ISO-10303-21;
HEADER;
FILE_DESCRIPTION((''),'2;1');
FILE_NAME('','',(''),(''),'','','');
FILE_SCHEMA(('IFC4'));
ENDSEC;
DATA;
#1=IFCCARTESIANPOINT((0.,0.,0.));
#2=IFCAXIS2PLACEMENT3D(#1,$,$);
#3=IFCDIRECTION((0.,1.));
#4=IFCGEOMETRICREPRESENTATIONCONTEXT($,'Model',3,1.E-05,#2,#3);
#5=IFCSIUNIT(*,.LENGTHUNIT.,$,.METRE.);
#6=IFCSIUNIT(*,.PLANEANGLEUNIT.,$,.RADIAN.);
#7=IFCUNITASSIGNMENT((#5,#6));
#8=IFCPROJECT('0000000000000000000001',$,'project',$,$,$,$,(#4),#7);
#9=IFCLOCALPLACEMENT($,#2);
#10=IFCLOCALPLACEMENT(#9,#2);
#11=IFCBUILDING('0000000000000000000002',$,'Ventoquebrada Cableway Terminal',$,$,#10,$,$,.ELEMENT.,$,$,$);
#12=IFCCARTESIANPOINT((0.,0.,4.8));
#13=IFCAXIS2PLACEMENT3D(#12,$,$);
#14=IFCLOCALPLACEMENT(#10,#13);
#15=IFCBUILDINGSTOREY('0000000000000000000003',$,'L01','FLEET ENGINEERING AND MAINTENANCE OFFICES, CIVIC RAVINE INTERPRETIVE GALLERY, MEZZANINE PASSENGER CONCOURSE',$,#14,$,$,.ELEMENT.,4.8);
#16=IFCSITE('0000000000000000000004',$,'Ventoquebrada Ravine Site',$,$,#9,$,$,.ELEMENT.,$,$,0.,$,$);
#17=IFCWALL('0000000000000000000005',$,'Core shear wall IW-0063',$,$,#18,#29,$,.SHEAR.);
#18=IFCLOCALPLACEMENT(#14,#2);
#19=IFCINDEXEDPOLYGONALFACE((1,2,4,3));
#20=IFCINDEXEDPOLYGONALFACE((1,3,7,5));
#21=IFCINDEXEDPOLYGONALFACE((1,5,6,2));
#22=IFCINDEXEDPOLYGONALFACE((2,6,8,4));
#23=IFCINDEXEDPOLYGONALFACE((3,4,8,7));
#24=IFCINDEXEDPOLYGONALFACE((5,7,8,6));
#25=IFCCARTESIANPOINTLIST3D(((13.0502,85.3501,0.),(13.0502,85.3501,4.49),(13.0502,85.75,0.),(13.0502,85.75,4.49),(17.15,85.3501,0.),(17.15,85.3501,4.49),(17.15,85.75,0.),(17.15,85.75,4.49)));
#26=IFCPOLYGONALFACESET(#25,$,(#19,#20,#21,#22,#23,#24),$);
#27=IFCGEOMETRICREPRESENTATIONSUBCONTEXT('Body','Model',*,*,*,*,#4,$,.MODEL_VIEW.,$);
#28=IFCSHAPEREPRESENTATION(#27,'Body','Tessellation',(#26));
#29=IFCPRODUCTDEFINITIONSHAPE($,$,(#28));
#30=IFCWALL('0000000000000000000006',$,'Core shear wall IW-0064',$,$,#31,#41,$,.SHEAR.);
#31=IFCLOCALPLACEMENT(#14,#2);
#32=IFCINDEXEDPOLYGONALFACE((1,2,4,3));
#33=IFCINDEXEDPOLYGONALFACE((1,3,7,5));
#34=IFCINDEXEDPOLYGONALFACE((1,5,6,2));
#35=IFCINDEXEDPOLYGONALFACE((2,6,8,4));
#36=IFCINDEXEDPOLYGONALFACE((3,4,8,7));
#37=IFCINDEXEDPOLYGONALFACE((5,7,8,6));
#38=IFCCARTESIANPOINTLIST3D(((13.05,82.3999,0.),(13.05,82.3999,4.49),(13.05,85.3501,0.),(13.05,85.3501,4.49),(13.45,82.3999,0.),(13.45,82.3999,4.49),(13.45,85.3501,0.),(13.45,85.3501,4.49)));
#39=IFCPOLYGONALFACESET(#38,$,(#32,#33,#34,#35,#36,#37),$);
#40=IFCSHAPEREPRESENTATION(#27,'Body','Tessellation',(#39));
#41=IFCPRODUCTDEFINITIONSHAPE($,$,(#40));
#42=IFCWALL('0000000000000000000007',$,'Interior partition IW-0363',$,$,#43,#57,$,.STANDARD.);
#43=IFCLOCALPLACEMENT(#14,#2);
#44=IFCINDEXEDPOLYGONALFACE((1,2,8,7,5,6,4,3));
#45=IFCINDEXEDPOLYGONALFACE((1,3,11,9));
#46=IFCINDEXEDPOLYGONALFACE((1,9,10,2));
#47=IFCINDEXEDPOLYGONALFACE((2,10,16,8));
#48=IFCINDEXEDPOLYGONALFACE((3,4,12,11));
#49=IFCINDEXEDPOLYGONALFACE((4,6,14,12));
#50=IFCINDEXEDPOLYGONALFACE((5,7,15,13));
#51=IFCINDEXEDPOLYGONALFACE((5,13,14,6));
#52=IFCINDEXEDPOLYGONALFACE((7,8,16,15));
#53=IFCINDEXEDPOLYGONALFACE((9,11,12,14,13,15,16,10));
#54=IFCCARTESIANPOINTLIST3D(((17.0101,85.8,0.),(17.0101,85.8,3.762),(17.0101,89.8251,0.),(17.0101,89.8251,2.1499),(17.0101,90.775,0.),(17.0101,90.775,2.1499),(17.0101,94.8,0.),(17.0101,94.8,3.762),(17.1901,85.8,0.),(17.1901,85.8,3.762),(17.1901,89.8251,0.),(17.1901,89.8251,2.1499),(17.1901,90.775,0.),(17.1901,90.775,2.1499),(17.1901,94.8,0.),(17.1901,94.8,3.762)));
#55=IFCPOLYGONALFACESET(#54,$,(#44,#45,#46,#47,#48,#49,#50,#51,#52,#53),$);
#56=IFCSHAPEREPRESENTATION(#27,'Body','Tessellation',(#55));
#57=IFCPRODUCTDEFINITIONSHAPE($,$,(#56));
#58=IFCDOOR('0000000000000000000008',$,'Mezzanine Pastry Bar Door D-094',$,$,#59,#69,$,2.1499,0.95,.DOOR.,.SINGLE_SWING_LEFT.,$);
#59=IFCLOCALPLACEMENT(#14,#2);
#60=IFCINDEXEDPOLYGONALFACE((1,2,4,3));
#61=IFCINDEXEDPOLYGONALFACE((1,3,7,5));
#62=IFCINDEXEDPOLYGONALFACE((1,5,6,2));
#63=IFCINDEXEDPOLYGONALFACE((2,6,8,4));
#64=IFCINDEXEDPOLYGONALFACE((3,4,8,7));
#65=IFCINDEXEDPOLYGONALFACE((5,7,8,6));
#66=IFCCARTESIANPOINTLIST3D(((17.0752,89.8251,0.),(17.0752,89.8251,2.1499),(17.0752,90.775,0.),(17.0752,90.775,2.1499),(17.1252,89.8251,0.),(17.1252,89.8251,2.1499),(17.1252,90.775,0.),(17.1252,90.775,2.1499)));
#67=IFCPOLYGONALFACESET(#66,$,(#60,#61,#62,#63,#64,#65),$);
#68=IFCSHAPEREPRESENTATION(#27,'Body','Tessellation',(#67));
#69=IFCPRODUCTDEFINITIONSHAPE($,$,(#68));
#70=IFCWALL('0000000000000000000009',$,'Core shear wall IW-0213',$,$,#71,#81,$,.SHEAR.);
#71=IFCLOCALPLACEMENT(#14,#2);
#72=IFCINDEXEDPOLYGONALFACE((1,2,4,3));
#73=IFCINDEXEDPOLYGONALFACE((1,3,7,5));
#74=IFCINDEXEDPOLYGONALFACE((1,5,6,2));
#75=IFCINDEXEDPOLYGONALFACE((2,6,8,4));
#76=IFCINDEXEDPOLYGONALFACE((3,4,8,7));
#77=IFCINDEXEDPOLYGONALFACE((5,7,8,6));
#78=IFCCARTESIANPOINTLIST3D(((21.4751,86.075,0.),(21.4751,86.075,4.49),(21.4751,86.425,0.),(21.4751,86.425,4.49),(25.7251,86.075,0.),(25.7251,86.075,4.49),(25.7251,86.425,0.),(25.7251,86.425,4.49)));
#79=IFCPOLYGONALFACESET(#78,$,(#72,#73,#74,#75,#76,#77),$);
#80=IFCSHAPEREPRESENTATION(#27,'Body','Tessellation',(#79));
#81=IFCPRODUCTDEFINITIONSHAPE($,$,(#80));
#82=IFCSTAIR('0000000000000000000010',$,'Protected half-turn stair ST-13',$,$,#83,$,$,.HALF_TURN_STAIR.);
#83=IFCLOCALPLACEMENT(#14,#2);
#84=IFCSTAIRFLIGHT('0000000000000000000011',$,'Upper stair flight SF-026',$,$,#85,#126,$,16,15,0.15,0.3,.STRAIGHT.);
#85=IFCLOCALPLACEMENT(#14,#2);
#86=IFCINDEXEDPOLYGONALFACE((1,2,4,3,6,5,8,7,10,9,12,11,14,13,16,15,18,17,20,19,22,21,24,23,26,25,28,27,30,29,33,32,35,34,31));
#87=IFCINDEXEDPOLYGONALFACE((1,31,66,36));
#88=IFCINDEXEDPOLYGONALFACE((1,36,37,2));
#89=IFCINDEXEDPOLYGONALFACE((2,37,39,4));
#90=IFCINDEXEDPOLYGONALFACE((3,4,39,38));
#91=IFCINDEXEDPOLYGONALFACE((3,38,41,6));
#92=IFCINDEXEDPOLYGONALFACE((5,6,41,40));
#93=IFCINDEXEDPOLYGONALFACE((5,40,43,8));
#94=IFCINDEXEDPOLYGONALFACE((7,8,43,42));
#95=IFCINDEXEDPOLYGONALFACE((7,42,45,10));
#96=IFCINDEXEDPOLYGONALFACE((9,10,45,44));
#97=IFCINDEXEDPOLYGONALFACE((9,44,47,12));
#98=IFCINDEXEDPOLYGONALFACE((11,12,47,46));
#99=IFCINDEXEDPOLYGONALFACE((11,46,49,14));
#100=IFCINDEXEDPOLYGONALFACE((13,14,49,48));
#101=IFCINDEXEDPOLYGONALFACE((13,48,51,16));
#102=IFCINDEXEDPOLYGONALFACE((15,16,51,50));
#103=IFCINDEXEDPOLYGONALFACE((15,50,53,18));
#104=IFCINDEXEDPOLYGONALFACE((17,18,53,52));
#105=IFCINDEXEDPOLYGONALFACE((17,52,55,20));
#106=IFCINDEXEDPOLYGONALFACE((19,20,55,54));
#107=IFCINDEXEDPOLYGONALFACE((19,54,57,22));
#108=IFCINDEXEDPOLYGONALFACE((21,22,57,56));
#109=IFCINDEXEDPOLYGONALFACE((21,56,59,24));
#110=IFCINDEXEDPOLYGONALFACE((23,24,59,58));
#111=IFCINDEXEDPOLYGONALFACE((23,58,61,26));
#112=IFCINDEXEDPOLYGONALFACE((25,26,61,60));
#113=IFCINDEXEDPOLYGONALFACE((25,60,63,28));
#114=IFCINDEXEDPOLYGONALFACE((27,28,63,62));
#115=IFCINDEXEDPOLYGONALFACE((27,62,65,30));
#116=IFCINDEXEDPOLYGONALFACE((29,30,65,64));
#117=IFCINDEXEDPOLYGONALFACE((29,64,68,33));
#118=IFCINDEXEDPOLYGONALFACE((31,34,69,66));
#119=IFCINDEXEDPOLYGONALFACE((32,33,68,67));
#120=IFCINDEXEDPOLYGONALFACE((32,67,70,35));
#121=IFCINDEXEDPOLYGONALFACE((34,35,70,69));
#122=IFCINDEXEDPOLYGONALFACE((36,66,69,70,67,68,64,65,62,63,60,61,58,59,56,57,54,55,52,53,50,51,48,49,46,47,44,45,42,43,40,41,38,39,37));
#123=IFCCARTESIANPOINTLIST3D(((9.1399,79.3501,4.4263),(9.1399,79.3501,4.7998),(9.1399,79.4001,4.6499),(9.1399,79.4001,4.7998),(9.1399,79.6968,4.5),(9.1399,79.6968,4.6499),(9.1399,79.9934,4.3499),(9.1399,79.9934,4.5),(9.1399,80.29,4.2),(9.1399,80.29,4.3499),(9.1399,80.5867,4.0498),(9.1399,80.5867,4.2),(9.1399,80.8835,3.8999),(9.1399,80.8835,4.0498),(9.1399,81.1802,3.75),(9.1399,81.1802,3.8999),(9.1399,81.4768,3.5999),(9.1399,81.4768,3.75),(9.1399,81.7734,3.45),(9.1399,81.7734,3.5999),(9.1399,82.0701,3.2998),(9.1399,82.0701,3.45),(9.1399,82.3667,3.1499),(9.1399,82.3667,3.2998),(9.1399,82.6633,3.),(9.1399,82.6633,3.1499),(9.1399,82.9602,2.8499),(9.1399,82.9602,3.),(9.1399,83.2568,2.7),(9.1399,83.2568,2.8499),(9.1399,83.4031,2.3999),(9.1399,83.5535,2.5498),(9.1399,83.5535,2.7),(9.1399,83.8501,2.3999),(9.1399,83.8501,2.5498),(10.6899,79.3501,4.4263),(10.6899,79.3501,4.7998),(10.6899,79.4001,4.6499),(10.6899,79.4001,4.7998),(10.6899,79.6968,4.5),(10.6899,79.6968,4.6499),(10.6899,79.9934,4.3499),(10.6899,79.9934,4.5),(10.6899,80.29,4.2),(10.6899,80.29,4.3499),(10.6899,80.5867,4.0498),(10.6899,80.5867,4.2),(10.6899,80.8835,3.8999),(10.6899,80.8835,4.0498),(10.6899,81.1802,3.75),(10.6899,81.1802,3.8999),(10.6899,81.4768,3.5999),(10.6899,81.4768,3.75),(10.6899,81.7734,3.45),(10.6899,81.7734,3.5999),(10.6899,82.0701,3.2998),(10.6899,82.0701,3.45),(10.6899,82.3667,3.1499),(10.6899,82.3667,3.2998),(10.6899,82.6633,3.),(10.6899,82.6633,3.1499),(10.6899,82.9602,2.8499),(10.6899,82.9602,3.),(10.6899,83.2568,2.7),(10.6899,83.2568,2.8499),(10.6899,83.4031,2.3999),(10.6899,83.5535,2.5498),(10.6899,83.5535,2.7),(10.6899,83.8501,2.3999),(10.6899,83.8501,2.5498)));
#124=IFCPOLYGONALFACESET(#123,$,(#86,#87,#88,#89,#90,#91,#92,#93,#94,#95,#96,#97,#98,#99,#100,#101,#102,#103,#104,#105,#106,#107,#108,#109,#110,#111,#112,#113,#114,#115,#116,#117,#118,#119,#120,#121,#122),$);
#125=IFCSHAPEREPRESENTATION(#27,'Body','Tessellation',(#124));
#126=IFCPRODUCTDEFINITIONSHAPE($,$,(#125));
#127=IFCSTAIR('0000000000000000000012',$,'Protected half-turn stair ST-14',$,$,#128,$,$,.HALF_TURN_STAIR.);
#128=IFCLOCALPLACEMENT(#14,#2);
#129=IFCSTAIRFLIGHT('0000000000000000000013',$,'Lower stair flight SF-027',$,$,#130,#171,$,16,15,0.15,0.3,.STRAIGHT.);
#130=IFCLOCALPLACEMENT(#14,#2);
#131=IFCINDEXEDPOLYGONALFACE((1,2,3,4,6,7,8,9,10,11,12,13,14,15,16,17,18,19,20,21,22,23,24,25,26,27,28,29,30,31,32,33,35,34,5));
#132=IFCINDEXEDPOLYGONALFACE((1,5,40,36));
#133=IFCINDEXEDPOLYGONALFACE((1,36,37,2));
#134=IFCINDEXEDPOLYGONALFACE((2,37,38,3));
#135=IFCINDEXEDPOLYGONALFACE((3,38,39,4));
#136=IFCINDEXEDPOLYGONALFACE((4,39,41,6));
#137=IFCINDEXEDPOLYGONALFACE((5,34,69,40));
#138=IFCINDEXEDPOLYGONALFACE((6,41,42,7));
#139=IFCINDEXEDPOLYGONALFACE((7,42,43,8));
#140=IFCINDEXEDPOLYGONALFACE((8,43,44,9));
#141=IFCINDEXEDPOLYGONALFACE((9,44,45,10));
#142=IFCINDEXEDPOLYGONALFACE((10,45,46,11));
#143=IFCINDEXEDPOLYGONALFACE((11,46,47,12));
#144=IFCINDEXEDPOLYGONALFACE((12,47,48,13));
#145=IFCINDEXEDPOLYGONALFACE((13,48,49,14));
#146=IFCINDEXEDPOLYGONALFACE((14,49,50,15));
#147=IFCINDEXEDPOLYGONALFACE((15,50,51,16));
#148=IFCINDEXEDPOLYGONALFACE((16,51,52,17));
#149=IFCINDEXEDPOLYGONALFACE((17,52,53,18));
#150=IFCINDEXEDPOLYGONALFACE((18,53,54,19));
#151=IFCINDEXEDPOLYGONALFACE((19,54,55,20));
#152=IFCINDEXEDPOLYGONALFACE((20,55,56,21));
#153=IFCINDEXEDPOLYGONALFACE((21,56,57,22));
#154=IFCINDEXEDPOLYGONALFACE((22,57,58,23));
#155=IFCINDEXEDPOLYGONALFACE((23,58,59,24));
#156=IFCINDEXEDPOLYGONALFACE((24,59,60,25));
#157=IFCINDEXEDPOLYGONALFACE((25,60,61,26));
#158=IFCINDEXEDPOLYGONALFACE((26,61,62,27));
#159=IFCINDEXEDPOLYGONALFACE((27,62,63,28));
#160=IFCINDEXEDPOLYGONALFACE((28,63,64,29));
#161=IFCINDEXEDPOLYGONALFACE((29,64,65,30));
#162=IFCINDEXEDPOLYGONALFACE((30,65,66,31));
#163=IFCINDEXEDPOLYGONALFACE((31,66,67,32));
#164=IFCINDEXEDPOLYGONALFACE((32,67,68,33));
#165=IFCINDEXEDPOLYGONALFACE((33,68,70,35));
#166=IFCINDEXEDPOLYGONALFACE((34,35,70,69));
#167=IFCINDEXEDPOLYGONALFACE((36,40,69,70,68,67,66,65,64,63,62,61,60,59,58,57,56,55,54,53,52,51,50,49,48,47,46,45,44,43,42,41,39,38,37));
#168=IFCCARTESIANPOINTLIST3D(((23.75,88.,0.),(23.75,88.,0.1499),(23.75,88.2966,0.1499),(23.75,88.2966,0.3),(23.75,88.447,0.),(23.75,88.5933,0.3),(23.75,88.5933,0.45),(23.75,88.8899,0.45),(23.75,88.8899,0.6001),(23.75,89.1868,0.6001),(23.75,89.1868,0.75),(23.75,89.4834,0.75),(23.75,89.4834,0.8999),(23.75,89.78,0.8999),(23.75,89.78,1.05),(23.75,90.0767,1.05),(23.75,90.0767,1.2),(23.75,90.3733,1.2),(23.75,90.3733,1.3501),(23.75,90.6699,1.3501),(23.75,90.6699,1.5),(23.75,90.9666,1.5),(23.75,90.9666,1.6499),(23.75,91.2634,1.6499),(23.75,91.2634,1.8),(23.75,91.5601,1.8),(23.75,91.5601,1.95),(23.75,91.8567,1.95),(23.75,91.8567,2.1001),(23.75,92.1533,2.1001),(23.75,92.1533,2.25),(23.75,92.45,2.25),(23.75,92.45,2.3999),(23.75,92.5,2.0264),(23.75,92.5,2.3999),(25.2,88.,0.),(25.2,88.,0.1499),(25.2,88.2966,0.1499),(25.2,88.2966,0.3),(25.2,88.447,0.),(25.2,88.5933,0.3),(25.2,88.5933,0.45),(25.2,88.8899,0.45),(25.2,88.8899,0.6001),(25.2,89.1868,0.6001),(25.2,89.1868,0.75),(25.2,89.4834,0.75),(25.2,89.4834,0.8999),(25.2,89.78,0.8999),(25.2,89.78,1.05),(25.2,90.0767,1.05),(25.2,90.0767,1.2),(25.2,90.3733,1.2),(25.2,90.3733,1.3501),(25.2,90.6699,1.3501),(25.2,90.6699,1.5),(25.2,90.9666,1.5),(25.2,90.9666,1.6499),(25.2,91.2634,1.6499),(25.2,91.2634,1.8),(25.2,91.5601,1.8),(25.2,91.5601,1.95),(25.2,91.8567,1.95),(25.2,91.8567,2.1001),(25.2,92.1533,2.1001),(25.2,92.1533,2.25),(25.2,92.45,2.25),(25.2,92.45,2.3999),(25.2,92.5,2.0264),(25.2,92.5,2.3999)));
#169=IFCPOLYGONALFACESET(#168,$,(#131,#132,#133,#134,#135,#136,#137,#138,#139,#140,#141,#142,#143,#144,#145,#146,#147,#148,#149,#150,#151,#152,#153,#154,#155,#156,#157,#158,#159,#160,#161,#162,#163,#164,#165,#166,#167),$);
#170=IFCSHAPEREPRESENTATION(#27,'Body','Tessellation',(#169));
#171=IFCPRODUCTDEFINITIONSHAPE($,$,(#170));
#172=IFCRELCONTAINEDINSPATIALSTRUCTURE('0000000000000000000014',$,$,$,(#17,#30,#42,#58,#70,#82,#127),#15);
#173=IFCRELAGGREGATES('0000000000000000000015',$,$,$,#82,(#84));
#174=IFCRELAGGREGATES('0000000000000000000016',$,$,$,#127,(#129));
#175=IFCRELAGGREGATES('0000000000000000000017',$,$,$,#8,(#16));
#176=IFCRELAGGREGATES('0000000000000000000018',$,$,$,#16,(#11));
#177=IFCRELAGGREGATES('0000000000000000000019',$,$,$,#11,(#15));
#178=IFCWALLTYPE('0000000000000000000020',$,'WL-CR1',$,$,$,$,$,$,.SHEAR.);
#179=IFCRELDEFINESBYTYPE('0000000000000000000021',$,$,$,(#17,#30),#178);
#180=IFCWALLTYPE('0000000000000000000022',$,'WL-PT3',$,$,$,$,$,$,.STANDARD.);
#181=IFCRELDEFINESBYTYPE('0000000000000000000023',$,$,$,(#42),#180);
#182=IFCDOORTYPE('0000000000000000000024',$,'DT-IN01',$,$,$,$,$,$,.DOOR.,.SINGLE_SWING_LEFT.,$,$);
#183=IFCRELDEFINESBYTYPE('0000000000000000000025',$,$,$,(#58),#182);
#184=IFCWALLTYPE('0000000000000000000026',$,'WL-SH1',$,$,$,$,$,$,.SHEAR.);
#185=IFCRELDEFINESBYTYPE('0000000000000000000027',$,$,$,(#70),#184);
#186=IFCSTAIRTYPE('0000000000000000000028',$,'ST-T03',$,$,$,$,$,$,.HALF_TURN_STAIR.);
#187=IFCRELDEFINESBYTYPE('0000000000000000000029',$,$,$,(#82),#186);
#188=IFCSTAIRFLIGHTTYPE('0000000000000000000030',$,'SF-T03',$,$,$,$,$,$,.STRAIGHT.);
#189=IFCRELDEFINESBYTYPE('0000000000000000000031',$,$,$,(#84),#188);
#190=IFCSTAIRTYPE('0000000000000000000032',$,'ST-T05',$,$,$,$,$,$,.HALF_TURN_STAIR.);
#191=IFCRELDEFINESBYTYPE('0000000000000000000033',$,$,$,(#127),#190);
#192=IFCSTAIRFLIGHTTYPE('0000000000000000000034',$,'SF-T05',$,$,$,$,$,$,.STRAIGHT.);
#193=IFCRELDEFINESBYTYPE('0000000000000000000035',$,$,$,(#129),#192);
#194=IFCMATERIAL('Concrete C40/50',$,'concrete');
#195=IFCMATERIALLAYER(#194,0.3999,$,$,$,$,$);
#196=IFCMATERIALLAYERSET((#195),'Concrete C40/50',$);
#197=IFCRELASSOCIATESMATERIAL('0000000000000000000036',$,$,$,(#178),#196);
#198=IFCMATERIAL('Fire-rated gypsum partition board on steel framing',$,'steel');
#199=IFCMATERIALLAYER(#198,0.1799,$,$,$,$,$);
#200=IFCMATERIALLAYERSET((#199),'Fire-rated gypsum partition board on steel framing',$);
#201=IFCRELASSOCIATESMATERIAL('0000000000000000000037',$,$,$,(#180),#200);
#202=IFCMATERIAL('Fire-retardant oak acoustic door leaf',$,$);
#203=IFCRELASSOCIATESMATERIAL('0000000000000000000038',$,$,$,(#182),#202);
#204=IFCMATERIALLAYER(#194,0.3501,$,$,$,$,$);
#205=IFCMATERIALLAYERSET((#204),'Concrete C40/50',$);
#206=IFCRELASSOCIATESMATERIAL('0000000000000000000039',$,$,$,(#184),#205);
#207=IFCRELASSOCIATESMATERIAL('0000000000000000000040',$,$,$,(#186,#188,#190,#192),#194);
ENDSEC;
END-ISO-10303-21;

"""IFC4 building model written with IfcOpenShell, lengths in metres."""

from ifc_helpers import new_model, si_unit, direction, frame, frame_2d, origin, place, context, subcontext, project, spatial, polyline, rectangle, outline, extrude, material, layer, layer_set, type_object, element, fill, aggregate, save


model = new_model("IFC4")

# Units and contexts
model_context = context("Model", 3, precision=1e-05, world=origin(), true_north=direction((0.0, 1.0)))
body_context = subcontext(model_context, "Body", "Model", "MODEL_VIEW")
ifc_project = project(units=[si_unit("LENGTHUNIT", "METRE"), si_unit("PLANEANGLEUNIT", "RADIAN")], contexts=[model_context])

# Site, building, storey
site_placement = place(None, origin())
site = spatial("IfcSite", under=ifc_project, at=site_placement, Name="Ventoquebrada Ravine Site", CompositionType="ELEMENT", RefElevation=0.0)
building_placement = place(site_placement, origin())
building = spatial("IfcBuilding", under=site, at=building_placement, Name="Ventoquebrada Cableway Terminal", CompositionType="ELEMENT")
storey_placement = place(building_placement, frame((0.0, 0.0, 4.8)))
storey = spatial("IfcBuildingStorey", under=building, at=storey_placement, Name="L01", Description="FLEET ENGINEERING AND MAINTENANCE OFFICES, CIVIC RAVINE INTERPRETIVE GALLERY, MEZZANINE PASSENGER CONCOURSE", CompositionType="ELEMENT", Elevation=4.8)

# Shared definitions
ifc_material_1 = material(Name="Concrete C40/50", Category="concrete")

# Walls
ifc_layer_1 = layer(ifc_material_1, 0.3999)
ifc_layer_set_1 = layer_set([ifc_layer_1], Name="Concrete C40/50")
wall_type_1 = type_object("IfcWallType", Name="WL-CR1", PredefinedType="SHEAR", material=ifc_layer_set_1)
wall_1_placement = place(storey_placement, frame((17.1499, 85.55, 0.0), z_axis=(0.0, 0.0, 1.0), x_axis=(-1.0, 0.0, 0.0)))
element("IfcWall", 1, at=wall_1_placement, inside=storey, type_object=wall_type_1, Name="Core shear wall IW-0063", PredefinedType="SHEAR", context=body_context, shape_type="SweptSolid", body=[
    extrude(rectangle(XDim=4.0999, YDim=0.3999, at=frame_2d((2.0498, 0.0))), origin(), (0.0, 0.0, 1.0), 4.49),
])
wall_2_placement = place(storey_placement, frame((13.25, 85.3501, 0.0), z_axis=(0.0, 0.0, 1.0), x_axis=(0.0, -1.0, 0.0)))
element("IfcWall", 2, at=wall_2_placement, inside=storey, type_object=wall_type_1, Name="Core shear wall IW-0064", PredefinedType="SHEAR", context=body_context, shape_type="SweptSolid", body=[
    extrude(rectangle(XDim=2.9502, YDim=0.3999, at=frame_2d((1.4751, 0.0))), origin(), (0.0, 0.0, 1.0), 4.49),
])

# Wall, opening, door
ifc_material_2 = material(Name="Fire-rated gypsum partition board on steel framing", Category="steel")
ifc_layer_2 = layer(ifc_material_2, 0.1799)
ifc_layer_set_2 = layer_set([ifc_layer_2], Name="Fire-rated gypsum partition board on steel framing")
wall_type_2 = type_object("IfcWallType", Name="WL-PT3", PredefinedType="STANDARD", material=ifc_layer_set_2)
wall_3_placement = place(storey_placement, frame((17.1001, 85.8, 0.0), z_axis=(0.0, 0.0, 1.0), x_axis=(0.0, 1.0, 0.0)))
wall_3 = element("IfcWall", 3, at=wall_3_placement, inside=storey, type_object=wall_type_2, Name="Interior partition IW-0363", PredefinedType="STANDARD", context=body_context, shape_type="SweptSolid", body=[
    extrude(rectangle(XDim=9.0, YDim=0.1799, at=frame_2d((4.5, 0.0))), origin(), (0.0, 0.0, 1.0), 3.762),
])
opening_placement = place(wall_3_placement, frame((4.0249, 0.0, 0.0)))
opening = element("IfcOpeningElement", 4, at=opening_placement, cuts=wall_3, PredefinedType="OPENING", context=body_context, shape_type="SweptSolid", body=[
    extrude(rectangle(XDim=0.95, YDim=2.1499, at=frame_2d((0.4751, 1.075))), frame((0.0, 0.0999, 0.0), z_axis=(0.0, -1.0, 0.0), x_axis=(1.0, 0.0, 0.0)), (0.0, 0.0, 1.0), 0.2),
])
ifc_material_3 = material(Name="Fire-retardant oak acoustic door leaf")
door_type = type_object("IfcDoorType", Name="DT-IN01", OperationType="SINGLE_SWING_LEFT", PredefinedType="DOOR", material=ifc_material_3)
door_placement = place(opening_placement, origin())
door = element("IfcDoor", 5, at=door_placement, inside=storey, type_object=door_type, Name="Mezzanine Pastry Bar Door D-094", OperationType="SINGLE_SWING_LEFT", OverallHeight=2.1499, OverallWidth=0.95, PredefinedType="DOOR", context=body_context, shape_type="SweptSolid", body=[
    extrude(rectangle(XDim=0.95, YDim=2.1499, at=frame_2d((0.4751, 1.075))), frame((0.0, 0.0249, 0.0), z_axis=(0.0, -1.0, 0.0), x_axis=(1.0, 0.0, 0.0)), (0.0, 0.0, 1.0), 0.05),
])
fill(opening, door)

# Wall
ifc_layer_3 = layer(ifc_material_1, 0.3501)
ifc_layer_set_3 = layer_set([ifc_layer_3], Name="Concrete C40/50")
wall_type_3 = type_object("IfcWallType", Name="WL-SH1", PredefinedType="SHEAR", material=ifc_layer_set_3)
wall_4_placement = place(storey_placement, frame((21.4751, 86.25, 0.0), z_axis=(0.0, 0.0, 1.0), x_axis=(1.0, 0.0, 0.0)))
element("IfcWall", 6, at=wall_4_placement, inside=storey, type_object=wall_type_3, Name="Core shear wall IW-0213", PredefinedType="SHEAR", context=body_context, shape_type="SweptSolid", body=[
    extrude(rectangle(XDim=4.25, YDim=0.3501, at=frame_2d((2.125, 0.0))), origin(), (0.0, 0.0, 1.0), 4.49),
])

# Stairs, stair flights
stair_type_1 = type_object("IfcStairType", Name="ST-T03", PredefinedType="HALF_TURN_STAIR", material=ifc_material_1)
stair_1_placement = place(storey_placement, origin())
stair_1 = element("IfcStair", 7, at=stair_1_placement, inside=storey, type_object=stair_type_1, Name="Protected half-turn stair ST-13", PredefinedType="HALF_TURN_STAIR")
stair_flight_type_1 = type_object("IfcStairFlightType", Name="SF-T03", PredefinedType="STRAIGHT", material=ifc_material_1)
stair_flight_1_placement = place(storey_placement, frame((9.915, 83.8501, 2.3999), z_axis=(0.0, 0.0, 1.0), x_axis=(0.0, -1.0, 0.0)))
stair_flight_1 = element("IfcStairFlight", 8, at=stair_flight_1_placement, type_object=stair_flight_type_1, Name="Upper stair flight SF-026", NumberOfRisers=16, NumberOfTreads=15, PredefinedType="STRAIGHT", RiserHeight=0.15, TreadLength=0.3, context=body_context, shape_type="SweptSolid", body=[
    extrude(outline(polyline([(0.0, 0.0), (0.0, 0.1499), (0.2966, 0.1499), (0.2966, 0.3), (0.5933, 0.3), (0.5933, 0.45), (0.8899, 0.45), (0.8899, 0.6001), (1.1868, 0.6001), (1.1868, 0.75), (1.4834, 0.75), (1.4834, 0.8999), (1.78, 0.8999), (1.78, 1.05), (2.0767, 1.05), (2.0767, 1.2), (2.3733, 1.2), (2.3733, 1.3501), (2.6699, 1.3501), (2.6699, 1.5), (2.9666, 1.5), (2.9666, 1.6499), (3.2634, 1.6499), (3.2634, 1.8), (3.5601, 1.8), (3.5601, 1.95), (3.8567, 1.95), (3.8567, 2.1001), (4.1533, 2.1001), (4.1533, 2.25), (4.45, 2.25), (4.45, 2.3999), (4.5, 2.3999), (4.5, 2.0264), (0.447, 0.0), (0.0, 0.0)])), frame((0.0, 0.7749, 0.0), z_axis=(0.0, -1.0, 0.0), x_axis=(1.0, 0.0, 0.0)), (0.0, 0.0, 1.0), 1.55),
])
aggregate(stair_1, [stair_flight_1])
stair_type_2 = type_object("IfcStairType", Name="ST-T05", PredefinedType="HALF_TURN_STAIR", material=ifc_material_1)
stair_2_placement = place(storey_placement, origin())
stair_2 = element("IfcStair", 9, at=stair_2_placement, inside=storey, type_object=stair_type_2, Name="Protected half-turn stair ST-14", PredefinedType="HALF_TURN_STAIR")
stair_flight_type_2 = type_object("IfcStairFlightType", Name="SF-T05", PredefinedType="STRAIGHT", material=ifc_material_1)
stair_flight_2_placement = place(storey_placement, frame((24.4751, 88.0, 0.0), z_axis=(0.0, 0.0, 1.0), x_axis=(0.0, 1.0, 0.0)))
stair_flight_2 = element("IfcStairFlight", 10, at=stair_flight_2_placement, type_object=stair_flight_type_2, Name="Lower stair flight SF-027", NumberOfRisers=16, NumberOfTreads=15, PredefinedType="STRAIGHT", RiserHeight=0.15, TreadLength=0.3, context=body_context, shape_type="SweptSolid", body=[
    extrude(outline(polyline([(0.0, 0.0), (0.0, 0.1499), (0.2966, 0.1499), (0.2966, 0.3), (0.5933, 0.3), (0.5933, 0.45), (0.8899, 0.45), (0.8899, 0.6001), (1.1868, 0.6001), (1.1868, 0.75), (1.4834, 0.75), (1.4834, 0.8999), (1.78, 0.8999), (1.78, 1.05), (2.0767, 1.05), (2.0767, 1.2), (2.3733, 1.2), (2.3733, 1.3501), (2.6699, 1.3501), (2.6699, 1.5), (2.9666, 1.5), (2.9666, 1.6499), (3.2634, 1.6499), (3.2634, 1.8), (3.5601, 1.8), (3.5601, 1.95), (3.8567, 1.95), (3.8567, 2.1001), (4.1533, 2.1001), (4.1533, 2.25), (4.45, 2.25), (4.45, 2.3999), (4.5, 2.3999), (4.5, 2.0264), (0.447, 0.0), (0.0, 0.0)])), frame((0.0, 0.7251, 0.0), z_axis=(0.0, -1.0, 0.0), x_axis=(1.0, 0.0, 0.0)), (0.0, 0.0, 1.0), 1.45),
])
aggregate(stair_2, [stair_flight_2])

save(model, "model.ifc")
